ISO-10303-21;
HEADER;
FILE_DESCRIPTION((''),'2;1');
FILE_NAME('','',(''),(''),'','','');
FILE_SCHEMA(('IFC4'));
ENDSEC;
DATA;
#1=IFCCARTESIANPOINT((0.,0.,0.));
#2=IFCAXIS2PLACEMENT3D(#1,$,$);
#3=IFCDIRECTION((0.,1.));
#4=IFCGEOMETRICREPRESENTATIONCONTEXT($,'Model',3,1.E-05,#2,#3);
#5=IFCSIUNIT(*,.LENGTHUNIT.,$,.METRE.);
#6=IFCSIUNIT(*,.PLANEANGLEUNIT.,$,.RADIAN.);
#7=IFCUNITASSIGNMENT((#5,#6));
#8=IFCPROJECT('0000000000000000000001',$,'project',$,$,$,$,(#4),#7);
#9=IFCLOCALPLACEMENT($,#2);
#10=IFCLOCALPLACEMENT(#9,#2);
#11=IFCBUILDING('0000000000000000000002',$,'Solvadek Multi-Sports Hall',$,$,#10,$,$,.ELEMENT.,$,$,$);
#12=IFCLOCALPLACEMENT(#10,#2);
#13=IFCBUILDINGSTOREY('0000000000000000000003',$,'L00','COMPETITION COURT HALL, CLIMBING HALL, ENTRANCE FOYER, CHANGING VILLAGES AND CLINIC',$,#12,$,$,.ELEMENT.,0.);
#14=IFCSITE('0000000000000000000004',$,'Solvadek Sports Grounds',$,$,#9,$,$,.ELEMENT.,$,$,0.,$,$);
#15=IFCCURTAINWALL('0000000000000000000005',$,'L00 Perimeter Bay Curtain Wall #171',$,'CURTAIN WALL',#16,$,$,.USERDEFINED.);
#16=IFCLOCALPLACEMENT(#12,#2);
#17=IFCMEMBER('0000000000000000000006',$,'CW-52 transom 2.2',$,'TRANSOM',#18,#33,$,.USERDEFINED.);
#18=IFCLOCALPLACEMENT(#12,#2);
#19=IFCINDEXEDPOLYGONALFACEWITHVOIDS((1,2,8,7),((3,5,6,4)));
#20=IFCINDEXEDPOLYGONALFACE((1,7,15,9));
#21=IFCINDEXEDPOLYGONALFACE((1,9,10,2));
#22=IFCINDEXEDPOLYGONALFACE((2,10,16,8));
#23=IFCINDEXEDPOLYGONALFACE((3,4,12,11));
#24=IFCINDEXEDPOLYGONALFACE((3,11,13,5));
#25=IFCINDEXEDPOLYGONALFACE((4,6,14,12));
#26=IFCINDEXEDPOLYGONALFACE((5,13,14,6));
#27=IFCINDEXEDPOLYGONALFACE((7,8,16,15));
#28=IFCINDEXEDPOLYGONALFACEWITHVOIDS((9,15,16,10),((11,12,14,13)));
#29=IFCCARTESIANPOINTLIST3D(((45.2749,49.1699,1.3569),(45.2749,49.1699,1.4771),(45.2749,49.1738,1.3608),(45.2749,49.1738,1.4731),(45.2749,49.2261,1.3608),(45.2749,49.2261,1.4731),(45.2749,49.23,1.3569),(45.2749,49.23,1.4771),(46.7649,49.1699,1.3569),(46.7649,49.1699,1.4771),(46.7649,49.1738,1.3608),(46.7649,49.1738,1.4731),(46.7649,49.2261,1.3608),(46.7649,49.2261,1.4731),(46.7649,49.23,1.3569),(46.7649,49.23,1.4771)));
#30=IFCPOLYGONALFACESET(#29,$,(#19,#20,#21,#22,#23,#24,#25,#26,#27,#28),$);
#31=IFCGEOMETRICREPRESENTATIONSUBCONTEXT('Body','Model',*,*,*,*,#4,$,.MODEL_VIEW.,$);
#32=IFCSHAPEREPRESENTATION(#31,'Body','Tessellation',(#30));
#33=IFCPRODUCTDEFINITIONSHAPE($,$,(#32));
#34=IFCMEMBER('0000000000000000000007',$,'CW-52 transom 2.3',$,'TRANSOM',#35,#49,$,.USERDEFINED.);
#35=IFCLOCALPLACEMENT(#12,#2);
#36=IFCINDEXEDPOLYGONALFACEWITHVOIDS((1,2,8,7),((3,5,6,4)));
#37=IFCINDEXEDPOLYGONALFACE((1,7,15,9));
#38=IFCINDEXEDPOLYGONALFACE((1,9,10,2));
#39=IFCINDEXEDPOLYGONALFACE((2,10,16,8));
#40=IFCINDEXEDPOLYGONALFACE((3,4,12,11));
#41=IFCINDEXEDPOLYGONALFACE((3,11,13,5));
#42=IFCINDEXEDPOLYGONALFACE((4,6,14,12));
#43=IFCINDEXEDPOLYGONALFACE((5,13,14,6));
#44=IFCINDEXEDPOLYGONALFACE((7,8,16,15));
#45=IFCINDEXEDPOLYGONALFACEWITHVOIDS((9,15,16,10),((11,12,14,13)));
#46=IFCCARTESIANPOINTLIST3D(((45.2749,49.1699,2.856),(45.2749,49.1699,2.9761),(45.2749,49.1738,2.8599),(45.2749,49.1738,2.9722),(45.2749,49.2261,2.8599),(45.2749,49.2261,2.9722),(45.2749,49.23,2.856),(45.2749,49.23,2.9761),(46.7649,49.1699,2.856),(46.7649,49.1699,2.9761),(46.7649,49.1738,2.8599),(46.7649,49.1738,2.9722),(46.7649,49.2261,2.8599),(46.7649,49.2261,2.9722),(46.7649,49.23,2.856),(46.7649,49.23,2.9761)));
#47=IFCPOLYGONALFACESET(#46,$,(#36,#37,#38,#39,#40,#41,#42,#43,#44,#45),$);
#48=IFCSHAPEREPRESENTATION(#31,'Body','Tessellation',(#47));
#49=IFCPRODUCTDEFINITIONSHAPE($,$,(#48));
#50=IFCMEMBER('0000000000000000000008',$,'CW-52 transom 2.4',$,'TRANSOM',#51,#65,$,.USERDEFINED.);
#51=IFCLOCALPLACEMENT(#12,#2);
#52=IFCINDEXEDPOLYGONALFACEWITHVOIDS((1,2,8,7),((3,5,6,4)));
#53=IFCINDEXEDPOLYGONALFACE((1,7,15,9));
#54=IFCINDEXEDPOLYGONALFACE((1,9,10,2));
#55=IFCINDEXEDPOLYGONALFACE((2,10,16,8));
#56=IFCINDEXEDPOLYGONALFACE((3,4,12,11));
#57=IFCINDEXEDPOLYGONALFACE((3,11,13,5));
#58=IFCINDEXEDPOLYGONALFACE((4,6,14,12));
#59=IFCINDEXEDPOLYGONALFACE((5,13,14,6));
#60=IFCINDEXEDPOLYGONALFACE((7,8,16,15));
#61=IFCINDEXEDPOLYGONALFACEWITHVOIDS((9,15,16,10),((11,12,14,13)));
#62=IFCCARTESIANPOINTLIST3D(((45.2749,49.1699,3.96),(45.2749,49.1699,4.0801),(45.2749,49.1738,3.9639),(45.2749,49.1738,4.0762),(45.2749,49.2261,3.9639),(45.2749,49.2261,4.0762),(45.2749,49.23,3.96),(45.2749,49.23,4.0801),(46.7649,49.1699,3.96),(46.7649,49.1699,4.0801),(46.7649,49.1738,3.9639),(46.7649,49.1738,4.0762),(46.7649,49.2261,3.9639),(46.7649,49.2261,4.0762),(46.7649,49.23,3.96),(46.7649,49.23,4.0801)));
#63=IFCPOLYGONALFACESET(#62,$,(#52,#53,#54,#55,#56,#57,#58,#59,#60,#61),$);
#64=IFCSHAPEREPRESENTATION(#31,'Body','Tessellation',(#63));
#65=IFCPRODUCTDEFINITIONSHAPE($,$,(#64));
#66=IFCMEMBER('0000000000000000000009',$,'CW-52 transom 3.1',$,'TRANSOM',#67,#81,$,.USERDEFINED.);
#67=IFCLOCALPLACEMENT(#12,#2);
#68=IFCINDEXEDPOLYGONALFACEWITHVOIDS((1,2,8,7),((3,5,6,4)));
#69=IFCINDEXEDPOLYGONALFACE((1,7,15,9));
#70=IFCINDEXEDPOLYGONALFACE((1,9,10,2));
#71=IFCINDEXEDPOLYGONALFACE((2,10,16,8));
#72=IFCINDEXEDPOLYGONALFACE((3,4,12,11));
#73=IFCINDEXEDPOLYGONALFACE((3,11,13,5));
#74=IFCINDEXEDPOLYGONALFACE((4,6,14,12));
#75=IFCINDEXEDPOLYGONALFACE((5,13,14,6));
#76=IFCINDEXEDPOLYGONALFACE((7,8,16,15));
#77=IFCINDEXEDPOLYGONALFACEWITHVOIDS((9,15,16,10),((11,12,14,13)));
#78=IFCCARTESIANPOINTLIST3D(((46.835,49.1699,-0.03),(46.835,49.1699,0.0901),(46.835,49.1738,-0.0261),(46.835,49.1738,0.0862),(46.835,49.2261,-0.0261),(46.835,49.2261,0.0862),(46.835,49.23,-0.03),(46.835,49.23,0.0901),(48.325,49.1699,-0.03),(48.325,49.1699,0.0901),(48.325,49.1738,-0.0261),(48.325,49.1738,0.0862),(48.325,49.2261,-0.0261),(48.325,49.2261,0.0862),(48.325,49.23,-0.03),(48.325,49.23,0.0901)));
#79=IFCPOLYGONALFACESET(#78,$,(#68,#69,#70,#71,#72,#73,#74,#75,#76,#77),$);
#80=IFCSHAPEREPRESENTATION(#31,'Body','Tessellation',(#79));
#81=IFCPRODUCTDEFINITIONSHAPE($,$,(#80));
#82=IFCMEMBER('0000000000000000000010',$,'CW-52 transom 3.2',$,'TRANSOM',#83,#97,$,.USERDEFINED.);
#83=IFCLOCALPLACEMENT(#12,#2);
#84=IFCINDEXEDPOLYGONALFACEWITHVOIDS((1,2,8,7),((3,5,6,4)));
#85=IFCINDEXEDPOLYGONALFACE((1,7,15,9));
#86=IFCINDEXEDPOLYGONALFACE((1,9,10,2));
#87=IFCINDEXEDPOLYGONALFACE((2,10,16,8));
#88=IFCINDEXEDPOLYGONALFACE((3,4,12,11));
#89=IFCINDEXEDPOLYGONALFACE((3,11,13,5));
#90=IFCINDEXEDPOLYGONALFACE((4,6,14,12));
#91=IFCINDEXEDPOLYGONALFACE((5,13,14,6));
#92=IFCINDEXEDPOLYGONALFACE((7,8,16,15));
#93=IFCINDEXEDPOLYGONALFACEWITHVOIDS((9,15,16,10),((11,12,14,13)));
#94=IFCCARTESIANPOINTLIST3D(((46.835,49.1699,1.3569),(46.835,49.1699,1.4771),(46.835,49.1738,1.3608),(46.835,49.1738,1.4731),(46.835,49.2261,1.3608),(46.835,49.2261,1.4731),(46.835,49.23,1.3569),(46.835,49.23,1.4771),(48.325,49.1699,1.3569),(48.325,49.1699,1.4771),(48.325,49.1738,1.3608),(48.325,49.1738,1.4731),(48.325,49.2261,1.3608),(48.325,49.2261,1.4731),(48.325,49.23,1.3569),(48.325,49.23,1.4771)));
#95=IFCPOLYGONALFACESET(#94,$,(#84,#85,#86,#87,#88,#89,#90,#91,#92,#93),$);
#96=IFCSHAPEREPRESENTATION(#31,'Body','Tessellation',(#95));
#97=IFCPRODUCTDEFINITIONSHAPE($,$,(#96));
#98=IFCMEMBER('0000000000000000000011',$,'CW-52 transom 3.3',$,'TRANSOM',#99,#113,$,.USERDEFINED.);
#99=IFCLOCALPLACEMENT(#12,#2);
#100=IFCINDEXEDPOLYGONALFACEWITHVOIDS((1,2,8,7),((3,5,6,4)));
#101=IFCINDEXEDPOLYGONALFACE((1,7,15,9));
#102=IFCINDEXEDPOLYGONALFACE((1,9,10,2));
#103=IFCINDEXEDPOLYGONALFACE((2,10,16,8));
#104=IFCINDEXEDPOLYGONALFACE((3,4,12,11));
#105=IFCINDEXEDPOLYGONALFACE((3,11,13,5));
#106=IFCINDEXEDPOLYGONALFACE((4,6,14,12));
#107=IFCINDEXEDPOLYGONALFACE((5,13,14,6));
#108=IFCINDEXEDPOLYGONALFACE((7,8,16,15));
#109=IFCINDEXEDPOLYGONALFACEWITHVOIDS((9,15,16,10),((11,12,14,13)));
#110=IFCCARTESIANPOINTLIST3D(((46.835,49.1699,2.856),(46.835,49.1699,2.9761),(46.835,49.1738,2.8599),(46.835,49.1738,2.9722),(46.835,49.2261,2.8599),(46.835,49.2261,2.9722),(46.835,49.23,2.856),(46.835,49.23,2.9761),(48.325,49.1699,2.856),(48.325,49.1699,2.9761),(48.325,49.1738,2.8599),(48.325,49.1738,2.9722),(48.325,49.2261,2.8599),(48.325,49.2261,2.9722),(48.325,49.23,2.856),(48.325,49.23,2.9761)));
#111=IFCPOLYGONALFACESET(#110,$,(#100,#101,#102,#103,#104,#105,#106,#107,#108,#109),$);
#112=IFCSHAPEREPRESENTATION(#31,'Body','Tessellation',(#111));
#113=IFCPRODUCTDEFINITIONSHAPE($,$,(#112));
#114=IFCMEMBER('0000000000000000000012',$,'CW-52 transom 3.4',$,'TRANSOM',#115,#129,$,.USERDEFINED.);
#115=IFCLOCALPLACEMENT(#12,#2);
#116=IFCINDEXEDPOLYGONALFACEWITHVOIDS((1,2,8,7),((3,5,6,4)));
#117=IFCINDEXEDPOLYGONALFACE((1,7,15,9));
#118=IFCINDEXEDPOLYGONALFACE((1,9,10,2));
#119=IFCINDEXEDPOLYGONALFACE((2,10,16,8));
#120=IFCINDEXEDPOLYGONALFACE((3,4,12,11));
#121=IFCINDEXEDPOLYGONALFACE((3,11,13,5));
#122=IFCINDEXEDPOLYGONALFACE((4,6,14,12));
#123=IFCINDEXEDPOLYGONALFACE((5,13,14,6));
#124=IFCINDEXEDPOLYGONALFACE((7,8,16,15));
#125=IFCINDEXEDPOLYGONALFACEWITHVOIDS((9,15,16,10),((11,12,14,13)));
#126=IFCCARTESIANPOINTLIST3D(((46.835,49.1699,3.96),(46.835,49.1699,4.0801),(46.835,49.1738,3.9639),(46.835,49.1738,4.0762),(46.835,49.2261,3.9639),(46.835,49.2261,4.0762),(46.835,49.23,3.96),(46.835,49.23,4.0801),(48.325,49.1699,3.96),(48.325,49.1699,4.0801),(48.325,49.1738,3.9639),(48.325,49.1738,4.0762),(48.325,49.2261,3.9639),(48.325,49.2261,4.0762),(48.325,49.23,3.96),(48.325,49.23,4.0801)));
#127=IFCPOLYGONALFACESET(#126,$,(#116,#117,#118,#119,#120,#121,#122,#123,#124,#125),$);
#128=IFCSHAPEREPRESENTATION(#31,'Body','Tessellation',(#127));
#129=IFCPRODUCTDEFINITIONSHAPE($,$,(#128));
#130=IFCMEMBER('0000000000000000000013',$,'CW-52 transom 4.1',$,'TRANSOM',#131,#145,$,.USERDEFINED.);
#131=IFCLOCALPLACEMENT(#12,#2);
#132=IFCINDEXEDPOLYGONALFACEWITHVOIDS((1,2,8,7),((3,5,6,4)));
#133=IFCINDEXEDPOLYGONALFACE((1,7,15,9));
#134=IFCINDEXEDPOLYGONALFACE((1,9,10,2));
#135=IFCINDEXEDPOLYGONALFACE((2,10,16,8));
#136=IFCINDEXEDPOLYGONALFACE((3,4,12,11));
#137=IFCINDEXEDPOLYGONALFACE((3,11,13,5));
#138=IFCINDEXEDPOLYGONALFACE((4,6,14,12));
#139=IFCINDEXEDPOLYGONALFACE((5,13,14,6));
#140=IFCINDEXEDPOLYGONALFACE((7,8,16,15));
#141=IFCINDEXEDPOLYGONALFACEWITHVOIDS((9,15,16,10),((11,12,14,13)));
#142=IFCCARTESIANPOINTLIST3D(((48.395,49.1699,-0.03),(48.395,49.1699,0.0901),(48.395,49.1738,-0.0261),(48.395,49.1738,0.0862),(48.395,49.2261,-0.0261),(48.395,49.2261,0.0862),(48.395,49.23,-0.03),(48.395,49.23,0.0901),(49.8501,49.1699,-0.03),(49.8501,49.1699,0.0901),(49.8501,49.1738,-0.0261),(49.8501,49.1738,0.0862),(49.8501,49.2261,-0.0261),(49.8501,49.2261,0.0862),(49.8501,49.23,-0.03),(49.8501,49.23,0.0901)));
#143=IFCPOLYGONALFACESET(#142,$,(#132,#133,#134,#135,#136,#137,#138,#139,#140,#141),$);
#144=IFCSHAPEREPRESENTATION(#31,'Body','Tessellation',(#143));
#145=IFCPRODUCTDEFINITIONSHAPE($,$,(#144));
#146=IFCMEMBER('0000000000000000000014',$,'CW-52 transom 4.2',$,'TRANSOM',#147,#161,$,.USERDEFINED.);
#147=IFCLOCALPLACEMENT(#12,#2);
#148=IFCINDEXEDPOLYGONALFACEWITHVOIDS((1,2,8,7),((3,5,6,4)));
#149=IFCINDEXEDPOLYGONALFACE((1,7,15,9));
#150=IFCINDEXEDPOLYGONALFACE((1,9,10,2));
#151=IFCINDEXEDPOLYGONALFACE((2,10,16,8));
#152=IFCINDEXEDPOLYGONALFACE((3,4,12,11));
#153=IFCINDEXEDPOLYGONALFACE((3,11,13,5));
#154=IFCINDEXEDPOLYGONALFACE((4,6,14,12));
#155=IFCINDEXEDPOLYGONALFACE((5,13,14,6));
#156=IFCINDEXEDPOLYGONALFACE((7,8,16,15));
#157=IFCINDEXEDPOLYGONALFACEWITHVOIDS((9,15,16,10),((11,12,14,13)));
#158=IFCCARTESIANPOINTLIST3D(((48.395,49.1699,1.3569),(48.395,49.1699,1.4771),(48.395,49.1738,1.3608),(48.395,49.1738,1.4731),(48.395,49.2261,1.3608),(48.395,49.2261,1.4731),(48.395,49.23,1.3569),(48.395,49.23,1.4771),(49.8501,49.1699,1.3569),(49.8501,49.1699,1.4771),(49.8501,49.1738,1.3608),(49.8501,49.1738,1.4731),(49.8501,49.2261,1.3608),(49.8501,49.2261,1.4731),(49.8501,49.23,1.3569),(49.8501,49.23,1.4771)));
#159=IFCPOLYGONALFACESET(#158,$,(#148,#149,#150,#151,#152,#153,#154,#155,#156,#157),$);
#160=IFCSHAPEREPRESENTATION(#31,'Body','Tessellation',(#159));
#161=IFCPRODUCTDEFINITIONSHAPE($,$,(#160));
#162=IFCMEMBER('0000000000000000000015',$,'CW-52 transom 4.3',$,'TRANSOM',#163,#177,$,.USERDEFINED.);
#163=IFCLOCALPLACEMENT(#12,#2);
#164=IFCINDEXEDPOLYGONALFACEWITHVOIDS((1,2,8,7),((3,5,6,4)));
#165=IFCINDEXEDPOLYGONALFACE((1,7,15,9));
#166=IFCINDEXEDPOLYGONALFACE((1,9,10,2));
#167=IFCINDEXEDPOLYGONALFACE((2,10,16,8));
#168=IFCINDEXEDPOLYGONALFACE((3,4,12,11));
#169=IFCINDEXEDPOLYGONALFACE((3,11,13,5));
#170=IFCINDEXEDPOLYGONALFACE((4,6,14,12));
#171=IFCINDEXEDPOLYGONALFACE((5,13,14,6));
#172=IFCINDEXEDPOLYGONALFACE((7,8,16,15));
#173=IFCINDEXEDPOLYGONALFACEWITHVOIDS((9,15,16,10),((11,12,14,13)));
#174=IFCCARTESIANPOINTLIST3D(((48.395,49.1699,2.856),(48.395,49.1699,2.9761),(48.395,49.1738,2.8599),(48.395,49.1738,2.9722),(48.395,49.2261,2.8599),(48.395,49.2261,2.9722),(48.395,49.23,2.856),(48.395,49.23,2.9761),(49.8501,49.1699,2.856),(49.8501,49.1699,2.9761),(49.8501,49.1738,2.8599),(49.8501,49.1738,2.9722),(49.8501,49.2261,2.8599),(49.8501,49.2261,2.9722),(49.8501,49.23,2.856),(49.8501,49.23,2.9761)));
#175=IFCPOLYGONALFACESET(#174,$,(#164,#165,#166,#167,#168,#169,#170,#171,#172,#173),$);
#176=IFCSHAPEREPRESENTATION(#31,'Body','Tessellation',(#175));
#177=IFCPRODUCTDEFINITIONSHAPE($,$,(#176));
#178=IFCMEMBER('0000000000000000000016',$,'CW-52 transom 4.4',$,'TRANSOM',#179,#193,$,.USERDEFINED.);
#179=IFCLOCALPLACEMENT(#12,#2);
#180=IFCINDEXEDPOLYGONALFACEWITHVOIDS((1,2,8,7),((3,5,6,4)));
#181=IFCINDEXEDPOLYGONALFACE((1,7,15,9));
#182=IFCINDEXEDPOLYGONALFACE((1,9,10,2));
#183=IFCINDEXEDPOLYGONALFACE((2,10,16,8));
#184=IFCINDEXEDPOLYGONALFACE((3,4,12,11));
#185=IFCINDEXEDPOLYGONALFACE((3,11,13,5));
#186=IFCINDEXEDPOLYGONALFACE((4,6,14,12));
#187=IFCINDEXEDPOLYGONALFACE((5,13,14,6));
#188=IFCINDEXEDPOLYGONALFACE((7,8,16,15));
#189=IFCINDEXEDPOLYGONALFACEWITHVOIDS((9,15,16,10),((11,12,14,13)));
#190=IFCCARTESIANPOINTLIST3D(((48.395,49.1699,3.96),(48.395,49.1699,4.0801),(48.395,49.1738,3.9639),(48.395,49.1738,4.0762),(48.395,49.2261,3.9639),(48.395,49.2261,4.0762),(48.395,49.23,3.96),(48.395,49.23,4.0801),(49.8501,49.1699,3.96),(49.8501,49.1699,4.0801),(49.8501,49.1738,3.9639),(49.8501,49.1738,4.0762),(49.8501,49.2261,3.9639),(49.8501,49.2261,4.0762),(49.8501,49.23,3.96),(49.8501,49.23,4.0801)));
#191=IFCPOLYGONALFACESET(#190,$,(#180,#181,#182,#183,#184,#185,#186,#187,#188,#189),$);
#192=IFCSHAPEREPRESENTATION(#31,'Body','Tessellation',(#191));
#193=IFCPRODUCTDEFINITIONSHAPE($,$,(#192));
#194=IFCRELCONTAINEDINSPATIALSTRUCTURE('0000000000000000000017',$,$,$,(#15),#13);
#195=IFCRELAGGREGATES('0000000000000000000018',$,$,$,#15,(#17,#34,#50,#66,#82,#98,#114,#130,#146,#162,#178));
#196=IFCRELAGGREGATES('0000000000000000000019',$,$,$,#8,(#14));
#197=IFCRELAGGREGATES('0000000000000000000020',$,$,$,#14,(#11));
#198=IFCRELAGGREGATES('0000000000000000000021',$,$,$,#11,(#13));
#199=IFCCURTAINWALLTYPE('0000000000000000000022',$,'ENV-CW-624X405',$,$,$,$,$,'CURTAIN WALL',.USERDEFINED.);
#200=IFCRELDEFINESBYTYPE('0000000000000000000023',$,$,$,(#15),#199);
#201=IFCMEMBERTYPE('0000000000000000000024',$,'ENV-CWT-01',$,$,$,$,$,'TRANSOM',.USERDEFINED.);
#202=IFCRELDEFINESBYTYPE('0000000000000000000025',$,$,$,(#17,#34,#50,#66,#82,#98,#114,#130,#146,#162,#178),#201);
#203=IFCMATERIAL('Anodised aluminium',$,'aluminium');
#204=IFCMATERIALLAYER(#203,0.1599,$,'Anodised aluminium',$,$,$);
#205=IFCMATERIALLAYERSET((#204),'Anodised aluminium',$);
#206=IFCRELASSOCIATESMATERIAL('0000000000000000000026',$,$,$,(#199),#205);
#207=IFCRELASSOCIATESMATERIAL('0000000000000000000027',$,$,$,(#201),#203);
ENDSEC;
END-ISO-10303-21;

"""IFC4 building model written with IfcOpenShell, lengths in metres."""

from ifc_helpers import new_model, si_unit, direction, frame, origin, origin_2d, place, context, subcontext, project, spatial, hollow_rectangle, extrude, material, layer, layer_set, material_profile, profile_set, type_object, element, aggregate, save


model = new_model("IFC4")

# Units and contexts
model_context = context("Model", 3, precision=1e-05, world=origin(), true_north=direction((0.0, 1.0)))
body_context = subcontext(model_context, "Body", "Model", "MODEL_VIEW")
ifc_project = project(units=[si_unit("LENGTHUNIT", "METRE"), si_unit("PLANEANGLEUNIT", "RADIAN")], contexts=[model_context])

# Site, building, storey
site_placement = place(None, origin())
site = spatial("IfcSite", under=ifc_project, at=site_placement, Name="Solvadek Sports Grounds", CompositionType="ELEMENT", RefElevation=0.0)
building_placement = place(site_placement, origin())
building = spatial("IfcBuilding", under=site, at=building_placement, Name="Solvadek Multi-Sports Hall", CompositionType="ELEMENT")
storey_placement = place(building_placement, origin())
storey = spatial("IfcBuildingStorey", under=building, at=storey_placement, Name="L00", Description="COMPETITION COURT HALL, CLIMBING HALL, ENTRANCE FOYER, CHANGING VILLAGES AND CLINIC", CompositionType="ELEMENT", Elevation=0.0)

# Shared definitions
ifc_material_1 = material(Name="Anodised aluminium", Category="aluminium")

# Curtain wall, members
ifc_layer_1 = layer(ifc_material_1, 0.1599, Name="Anodised aluminium")
ifc_layer_set_1 = layer_set([ifc_layer_1], Name="Anodised aluminium")
curtain_wall_type_1 = type_object("IfcCurtainWallType", Name="ENV-CW-624X405", ElementType="CURTAIN WALL", PredefinedType="USERDEFINED", material=ifc_layer_set_1)
curtain_wall_1_placement = place(storey_placement, origin())
curtain_wall_1 = element("IfcCurtainWall", 1, at=curtain_wall_1_placement, inside=storey, type_object=curtain_wall_type_1, Name="L00 Perimeter Bay Curtain Wall #171", ObjectType="CURTAIN WALL", PredefinedType="USERDEFINED")
ifc_material_profile_1 = material_profile(ifc_material_1, hollow_rectangle(XDim=0.0601, YDim=0.1201, WallThickness=0.0039, at=origin_2d()), Name="ALU-T 120x60x4")
ifc_profile_set_1 = profile_set([ifc_material_profile_1], Name="Anodised aluminium")
member_type_1 = type_object("IfcMemberType", Name="ENV-CWT-01", ElementType="TRANSOM", PredefinedType="USERDEFINED", material=ifc_profile_set_1)
member_1_placement = place(storey_placement, frame((45.2749, 49.2, 1.417), z_axis=(1.0, 0.0, 0.0), x_axis=(0.0, 1.0, 0.0)))
member_1 = element("IfcMember", 2, at=member_1_placement, type_object=member_type_1, Name="CW-52 transom 2.2", ObjectType="TRANSOM", PredefinedType="USERDEFINED", context=body_context, shape_type="SweptSolid", body=[
    extrude(hollow_rectangle(XDim=0.0601, YDim=0.1201, WallThickness=0.0039, at=origin_2d()), origin(), (0.0, 0.0, 1.0), 1.49),
])
member_2_placement = place(storey_placement, frame((45.2749, 49.2, 2.916), z_axis=(1.0, 0.0, 0.0), x_axis=(0.0, 1.0, 0.0)))
member_2 = element("IfcMember", 3, at=member_2_placement, type_object=member_type_1, Name="CW-52 transom 2.3", ObjectType="TRANSOM", PredefinedType="USERDEFINED", context=body_context, shape_type="SweptSolid", body=[
    extrude(hollow_rectangle(XDim=0.0601, YDim=0.1201, WallThickness=0.0039, at=origin_2d()), origin(), (0.0, 0.0, 1.0), 1.49),
])
member_3_placement = place(storey_placement, frame((45.2749, 49.2, 4.02), z_axis=(1.0, 0.0, 0.0), x_axis=(0.0, 1.0, 0.0)))
member_3 = element("IfcMember", 4, at=member_3_placement, type_object=member_type_1, Name="CW-52 transom 2.4", ObjectType="TRANSOM", PredefinedType="USERDEFINED", context=body_context, shape_type="SweptSolid", body=[
    extrude(hollow_rectangle(XDim=0.0601, YDim=0.1201, WallThickness=0.0039, at=origin_2d()), origin(), (0.0, 0.0, 1.0), 1.49),
])
member_4_placement = place(storey_placement, frame((46.835, 49.2, 0.03), z_axis=(1.0, 0.0, 0.0), x_axis=(0.0, 1.0, 0.0)))
member_4 = element("IfcMember", 5, at=member_4_placement, type_object=member_type_1, Name="CW-52 transom 3.1", ObjectType="TRANSOM", PredefinedType="USERDEFINED", context=body_context, shape_type="SweptSolid", body=[
    extrude(hollow_rectangle(XDim=0.0601, YDim=0.1201, WallThickness=0.0039, at=origin_2d()), origin(), (0.0, 0.0, 1.0), 1.49),
])
member_5_placement = place(storey_placement, frame((46.835, 49.2, 1.417), z_axis=(1.0, 0.0, 0.0), x_axis=(0.0, 1.0, 0.0)))
member_5 = element("IfcMember", 6, at=member_5_placement, type_object=member_type_1, Name="CW-52 transom 3.2", ObjectType="TRANSOM", PredefinedType="USERDEFINED", context=body_context, shape_type="SweptSolid", body=[
    extrude(hollow_rectangle(XDim=0.0601, YDim=0.1201, WallThickness=0.0039, at=origin_2d()), origin(), (0.0, 0.0, 1.0), 1.49),
])
member_6_placement = place(storey_placement, frame((46.835, 49.2, 2.916), z_axis=(1.0, 0.0, 0.0), x_axis=(0.0, 1.0, 0.0)))
member_6 = element("IfcMember", 7, at=member_6_placement, type_object=member_type_1, Name="CW-52 transom 3.3", ObjectType="TRANSOM", PredefinedType="USERDEFINED", context=body_context, shape_type="SweptSolid", body=[
    extrude(hollow_rectangle(XDim=0.0601, YDim=0.1201, WallThickness=0.0039, at=origin_2d()), origin(), (0.0, 0.0, 1.0), 1.49),
])
member_7_placement = place(storey_placement, frame((46.835, 49.2, 4.02), z_axis=(1.0, 0.0, 0.0), x_axis=(0.0, 1.0, 0.0)))
member_7 = element("IfcMember", 8, at=member_7_placement, type_object=member_type_1, Name="CW-52 transom 3.4", ObjectType="TRANSOM", PredefinedType="USERDEFINED", context=body_context, shape_type="SweptSolid", body=[
    extrude(hollow_rectangle(XDim=0.0601, YDim=0.1201, WallThickness=0.0039, at=origin_2d()), origin(), (0.0, 0.0, 1.0), 1.49),
])
member_8_placement = place(storey_placement, frame((48.395, 49.2, 0.03), z_axis=(1.0, 0.0, 0.0), x_axis=(0.0, 1.0, 0.0)))
member_8 = element("IfcMember", 9, at=member_8_placement, type_object=member_type_1, Name="CW-52 transom 4.1", ObjectType="TRANSOM", PredefinedType="USERDEFINED", context=body_context, shape_type="SweptSolid", body=[
    extrude(hollow_rectangle(XDim=0.0601, YDim=0.1201, WallThickness=0.0039, at=origin_2d()), origin(), (0.0, 0.0, 1.0), 1.4551),
])
member_9_placement = place(storey_placement, frame((48.395, 49.2, 1.417), z_axis=(1.0, 0.0, 0.0), x_axis=(0.0, 1.0, 0.0)))
member_9 = element("IfcMember", 10, at=member_9_placement, type_object=member_type_1, Name="CW-52 transom 4.2", ObjectType="TRANSOM", PredefinedType="USERDEFINED", context=body_context, shape_type="SweptSolid", body=[
    extrude(hollow_rectangle(XDim=0.0601, YDim=0.1201, WallThickness=0.0039, at=origin_2d()), origin(), (0.0, 0.0, 1.0), 1.4551),
])
member_10_placement = place(storey_placement, frame((48.395, 49.2, 2.916), z_axis=(1.0, 0.0, 0.0), x_axis=(0.0, 1.0, 0.0)))
member_10 = element("IfcMember", 11, at=member_10_placement, type_object=member_type_1, Name="CW-52 transom 4.3", ObjectType="TRANSOM", PredefinedType="USERDEFINED", context=body_context, shape_type="SweptSolid", body=[
    extrude(hollow_rectangle(XDim=0.0601, YDim=0.1201, WallThickness=0.0039, at=origin_2d()), origin(), (0.0, 0.0, 1.0), 1.4551),
])
member_11_placement = place(storey_placement, frame((48.395, 49.2, 4.02), z_axis=(1.0, 0.0, 0.0), x_axis=(0.0, 1.0, 0.0)))
member_11 = element("IfcMember", 12, at=member_11_placement, type_object=member_type_1, Name="CW-52 transom 4.4", ObjectType="TRANSOM", PredefinedType="USERDEFINED", context=body_context, shape_type="SweptSolid", body=[
    extrude(hollow_rectangle(XDim=0.0601, YDim=0.1201, WallThickness=0.0039, at=origin_2d()), origin(), (0.0, 0.0, 1.0), 1.4551),
])

aggregate(curtain_wall_1, [member_1, member_2, member_3, member_4, member_5, member_6, member_7, member_8, member_9, member_10, member_11])

save(model, "model.ifc")
